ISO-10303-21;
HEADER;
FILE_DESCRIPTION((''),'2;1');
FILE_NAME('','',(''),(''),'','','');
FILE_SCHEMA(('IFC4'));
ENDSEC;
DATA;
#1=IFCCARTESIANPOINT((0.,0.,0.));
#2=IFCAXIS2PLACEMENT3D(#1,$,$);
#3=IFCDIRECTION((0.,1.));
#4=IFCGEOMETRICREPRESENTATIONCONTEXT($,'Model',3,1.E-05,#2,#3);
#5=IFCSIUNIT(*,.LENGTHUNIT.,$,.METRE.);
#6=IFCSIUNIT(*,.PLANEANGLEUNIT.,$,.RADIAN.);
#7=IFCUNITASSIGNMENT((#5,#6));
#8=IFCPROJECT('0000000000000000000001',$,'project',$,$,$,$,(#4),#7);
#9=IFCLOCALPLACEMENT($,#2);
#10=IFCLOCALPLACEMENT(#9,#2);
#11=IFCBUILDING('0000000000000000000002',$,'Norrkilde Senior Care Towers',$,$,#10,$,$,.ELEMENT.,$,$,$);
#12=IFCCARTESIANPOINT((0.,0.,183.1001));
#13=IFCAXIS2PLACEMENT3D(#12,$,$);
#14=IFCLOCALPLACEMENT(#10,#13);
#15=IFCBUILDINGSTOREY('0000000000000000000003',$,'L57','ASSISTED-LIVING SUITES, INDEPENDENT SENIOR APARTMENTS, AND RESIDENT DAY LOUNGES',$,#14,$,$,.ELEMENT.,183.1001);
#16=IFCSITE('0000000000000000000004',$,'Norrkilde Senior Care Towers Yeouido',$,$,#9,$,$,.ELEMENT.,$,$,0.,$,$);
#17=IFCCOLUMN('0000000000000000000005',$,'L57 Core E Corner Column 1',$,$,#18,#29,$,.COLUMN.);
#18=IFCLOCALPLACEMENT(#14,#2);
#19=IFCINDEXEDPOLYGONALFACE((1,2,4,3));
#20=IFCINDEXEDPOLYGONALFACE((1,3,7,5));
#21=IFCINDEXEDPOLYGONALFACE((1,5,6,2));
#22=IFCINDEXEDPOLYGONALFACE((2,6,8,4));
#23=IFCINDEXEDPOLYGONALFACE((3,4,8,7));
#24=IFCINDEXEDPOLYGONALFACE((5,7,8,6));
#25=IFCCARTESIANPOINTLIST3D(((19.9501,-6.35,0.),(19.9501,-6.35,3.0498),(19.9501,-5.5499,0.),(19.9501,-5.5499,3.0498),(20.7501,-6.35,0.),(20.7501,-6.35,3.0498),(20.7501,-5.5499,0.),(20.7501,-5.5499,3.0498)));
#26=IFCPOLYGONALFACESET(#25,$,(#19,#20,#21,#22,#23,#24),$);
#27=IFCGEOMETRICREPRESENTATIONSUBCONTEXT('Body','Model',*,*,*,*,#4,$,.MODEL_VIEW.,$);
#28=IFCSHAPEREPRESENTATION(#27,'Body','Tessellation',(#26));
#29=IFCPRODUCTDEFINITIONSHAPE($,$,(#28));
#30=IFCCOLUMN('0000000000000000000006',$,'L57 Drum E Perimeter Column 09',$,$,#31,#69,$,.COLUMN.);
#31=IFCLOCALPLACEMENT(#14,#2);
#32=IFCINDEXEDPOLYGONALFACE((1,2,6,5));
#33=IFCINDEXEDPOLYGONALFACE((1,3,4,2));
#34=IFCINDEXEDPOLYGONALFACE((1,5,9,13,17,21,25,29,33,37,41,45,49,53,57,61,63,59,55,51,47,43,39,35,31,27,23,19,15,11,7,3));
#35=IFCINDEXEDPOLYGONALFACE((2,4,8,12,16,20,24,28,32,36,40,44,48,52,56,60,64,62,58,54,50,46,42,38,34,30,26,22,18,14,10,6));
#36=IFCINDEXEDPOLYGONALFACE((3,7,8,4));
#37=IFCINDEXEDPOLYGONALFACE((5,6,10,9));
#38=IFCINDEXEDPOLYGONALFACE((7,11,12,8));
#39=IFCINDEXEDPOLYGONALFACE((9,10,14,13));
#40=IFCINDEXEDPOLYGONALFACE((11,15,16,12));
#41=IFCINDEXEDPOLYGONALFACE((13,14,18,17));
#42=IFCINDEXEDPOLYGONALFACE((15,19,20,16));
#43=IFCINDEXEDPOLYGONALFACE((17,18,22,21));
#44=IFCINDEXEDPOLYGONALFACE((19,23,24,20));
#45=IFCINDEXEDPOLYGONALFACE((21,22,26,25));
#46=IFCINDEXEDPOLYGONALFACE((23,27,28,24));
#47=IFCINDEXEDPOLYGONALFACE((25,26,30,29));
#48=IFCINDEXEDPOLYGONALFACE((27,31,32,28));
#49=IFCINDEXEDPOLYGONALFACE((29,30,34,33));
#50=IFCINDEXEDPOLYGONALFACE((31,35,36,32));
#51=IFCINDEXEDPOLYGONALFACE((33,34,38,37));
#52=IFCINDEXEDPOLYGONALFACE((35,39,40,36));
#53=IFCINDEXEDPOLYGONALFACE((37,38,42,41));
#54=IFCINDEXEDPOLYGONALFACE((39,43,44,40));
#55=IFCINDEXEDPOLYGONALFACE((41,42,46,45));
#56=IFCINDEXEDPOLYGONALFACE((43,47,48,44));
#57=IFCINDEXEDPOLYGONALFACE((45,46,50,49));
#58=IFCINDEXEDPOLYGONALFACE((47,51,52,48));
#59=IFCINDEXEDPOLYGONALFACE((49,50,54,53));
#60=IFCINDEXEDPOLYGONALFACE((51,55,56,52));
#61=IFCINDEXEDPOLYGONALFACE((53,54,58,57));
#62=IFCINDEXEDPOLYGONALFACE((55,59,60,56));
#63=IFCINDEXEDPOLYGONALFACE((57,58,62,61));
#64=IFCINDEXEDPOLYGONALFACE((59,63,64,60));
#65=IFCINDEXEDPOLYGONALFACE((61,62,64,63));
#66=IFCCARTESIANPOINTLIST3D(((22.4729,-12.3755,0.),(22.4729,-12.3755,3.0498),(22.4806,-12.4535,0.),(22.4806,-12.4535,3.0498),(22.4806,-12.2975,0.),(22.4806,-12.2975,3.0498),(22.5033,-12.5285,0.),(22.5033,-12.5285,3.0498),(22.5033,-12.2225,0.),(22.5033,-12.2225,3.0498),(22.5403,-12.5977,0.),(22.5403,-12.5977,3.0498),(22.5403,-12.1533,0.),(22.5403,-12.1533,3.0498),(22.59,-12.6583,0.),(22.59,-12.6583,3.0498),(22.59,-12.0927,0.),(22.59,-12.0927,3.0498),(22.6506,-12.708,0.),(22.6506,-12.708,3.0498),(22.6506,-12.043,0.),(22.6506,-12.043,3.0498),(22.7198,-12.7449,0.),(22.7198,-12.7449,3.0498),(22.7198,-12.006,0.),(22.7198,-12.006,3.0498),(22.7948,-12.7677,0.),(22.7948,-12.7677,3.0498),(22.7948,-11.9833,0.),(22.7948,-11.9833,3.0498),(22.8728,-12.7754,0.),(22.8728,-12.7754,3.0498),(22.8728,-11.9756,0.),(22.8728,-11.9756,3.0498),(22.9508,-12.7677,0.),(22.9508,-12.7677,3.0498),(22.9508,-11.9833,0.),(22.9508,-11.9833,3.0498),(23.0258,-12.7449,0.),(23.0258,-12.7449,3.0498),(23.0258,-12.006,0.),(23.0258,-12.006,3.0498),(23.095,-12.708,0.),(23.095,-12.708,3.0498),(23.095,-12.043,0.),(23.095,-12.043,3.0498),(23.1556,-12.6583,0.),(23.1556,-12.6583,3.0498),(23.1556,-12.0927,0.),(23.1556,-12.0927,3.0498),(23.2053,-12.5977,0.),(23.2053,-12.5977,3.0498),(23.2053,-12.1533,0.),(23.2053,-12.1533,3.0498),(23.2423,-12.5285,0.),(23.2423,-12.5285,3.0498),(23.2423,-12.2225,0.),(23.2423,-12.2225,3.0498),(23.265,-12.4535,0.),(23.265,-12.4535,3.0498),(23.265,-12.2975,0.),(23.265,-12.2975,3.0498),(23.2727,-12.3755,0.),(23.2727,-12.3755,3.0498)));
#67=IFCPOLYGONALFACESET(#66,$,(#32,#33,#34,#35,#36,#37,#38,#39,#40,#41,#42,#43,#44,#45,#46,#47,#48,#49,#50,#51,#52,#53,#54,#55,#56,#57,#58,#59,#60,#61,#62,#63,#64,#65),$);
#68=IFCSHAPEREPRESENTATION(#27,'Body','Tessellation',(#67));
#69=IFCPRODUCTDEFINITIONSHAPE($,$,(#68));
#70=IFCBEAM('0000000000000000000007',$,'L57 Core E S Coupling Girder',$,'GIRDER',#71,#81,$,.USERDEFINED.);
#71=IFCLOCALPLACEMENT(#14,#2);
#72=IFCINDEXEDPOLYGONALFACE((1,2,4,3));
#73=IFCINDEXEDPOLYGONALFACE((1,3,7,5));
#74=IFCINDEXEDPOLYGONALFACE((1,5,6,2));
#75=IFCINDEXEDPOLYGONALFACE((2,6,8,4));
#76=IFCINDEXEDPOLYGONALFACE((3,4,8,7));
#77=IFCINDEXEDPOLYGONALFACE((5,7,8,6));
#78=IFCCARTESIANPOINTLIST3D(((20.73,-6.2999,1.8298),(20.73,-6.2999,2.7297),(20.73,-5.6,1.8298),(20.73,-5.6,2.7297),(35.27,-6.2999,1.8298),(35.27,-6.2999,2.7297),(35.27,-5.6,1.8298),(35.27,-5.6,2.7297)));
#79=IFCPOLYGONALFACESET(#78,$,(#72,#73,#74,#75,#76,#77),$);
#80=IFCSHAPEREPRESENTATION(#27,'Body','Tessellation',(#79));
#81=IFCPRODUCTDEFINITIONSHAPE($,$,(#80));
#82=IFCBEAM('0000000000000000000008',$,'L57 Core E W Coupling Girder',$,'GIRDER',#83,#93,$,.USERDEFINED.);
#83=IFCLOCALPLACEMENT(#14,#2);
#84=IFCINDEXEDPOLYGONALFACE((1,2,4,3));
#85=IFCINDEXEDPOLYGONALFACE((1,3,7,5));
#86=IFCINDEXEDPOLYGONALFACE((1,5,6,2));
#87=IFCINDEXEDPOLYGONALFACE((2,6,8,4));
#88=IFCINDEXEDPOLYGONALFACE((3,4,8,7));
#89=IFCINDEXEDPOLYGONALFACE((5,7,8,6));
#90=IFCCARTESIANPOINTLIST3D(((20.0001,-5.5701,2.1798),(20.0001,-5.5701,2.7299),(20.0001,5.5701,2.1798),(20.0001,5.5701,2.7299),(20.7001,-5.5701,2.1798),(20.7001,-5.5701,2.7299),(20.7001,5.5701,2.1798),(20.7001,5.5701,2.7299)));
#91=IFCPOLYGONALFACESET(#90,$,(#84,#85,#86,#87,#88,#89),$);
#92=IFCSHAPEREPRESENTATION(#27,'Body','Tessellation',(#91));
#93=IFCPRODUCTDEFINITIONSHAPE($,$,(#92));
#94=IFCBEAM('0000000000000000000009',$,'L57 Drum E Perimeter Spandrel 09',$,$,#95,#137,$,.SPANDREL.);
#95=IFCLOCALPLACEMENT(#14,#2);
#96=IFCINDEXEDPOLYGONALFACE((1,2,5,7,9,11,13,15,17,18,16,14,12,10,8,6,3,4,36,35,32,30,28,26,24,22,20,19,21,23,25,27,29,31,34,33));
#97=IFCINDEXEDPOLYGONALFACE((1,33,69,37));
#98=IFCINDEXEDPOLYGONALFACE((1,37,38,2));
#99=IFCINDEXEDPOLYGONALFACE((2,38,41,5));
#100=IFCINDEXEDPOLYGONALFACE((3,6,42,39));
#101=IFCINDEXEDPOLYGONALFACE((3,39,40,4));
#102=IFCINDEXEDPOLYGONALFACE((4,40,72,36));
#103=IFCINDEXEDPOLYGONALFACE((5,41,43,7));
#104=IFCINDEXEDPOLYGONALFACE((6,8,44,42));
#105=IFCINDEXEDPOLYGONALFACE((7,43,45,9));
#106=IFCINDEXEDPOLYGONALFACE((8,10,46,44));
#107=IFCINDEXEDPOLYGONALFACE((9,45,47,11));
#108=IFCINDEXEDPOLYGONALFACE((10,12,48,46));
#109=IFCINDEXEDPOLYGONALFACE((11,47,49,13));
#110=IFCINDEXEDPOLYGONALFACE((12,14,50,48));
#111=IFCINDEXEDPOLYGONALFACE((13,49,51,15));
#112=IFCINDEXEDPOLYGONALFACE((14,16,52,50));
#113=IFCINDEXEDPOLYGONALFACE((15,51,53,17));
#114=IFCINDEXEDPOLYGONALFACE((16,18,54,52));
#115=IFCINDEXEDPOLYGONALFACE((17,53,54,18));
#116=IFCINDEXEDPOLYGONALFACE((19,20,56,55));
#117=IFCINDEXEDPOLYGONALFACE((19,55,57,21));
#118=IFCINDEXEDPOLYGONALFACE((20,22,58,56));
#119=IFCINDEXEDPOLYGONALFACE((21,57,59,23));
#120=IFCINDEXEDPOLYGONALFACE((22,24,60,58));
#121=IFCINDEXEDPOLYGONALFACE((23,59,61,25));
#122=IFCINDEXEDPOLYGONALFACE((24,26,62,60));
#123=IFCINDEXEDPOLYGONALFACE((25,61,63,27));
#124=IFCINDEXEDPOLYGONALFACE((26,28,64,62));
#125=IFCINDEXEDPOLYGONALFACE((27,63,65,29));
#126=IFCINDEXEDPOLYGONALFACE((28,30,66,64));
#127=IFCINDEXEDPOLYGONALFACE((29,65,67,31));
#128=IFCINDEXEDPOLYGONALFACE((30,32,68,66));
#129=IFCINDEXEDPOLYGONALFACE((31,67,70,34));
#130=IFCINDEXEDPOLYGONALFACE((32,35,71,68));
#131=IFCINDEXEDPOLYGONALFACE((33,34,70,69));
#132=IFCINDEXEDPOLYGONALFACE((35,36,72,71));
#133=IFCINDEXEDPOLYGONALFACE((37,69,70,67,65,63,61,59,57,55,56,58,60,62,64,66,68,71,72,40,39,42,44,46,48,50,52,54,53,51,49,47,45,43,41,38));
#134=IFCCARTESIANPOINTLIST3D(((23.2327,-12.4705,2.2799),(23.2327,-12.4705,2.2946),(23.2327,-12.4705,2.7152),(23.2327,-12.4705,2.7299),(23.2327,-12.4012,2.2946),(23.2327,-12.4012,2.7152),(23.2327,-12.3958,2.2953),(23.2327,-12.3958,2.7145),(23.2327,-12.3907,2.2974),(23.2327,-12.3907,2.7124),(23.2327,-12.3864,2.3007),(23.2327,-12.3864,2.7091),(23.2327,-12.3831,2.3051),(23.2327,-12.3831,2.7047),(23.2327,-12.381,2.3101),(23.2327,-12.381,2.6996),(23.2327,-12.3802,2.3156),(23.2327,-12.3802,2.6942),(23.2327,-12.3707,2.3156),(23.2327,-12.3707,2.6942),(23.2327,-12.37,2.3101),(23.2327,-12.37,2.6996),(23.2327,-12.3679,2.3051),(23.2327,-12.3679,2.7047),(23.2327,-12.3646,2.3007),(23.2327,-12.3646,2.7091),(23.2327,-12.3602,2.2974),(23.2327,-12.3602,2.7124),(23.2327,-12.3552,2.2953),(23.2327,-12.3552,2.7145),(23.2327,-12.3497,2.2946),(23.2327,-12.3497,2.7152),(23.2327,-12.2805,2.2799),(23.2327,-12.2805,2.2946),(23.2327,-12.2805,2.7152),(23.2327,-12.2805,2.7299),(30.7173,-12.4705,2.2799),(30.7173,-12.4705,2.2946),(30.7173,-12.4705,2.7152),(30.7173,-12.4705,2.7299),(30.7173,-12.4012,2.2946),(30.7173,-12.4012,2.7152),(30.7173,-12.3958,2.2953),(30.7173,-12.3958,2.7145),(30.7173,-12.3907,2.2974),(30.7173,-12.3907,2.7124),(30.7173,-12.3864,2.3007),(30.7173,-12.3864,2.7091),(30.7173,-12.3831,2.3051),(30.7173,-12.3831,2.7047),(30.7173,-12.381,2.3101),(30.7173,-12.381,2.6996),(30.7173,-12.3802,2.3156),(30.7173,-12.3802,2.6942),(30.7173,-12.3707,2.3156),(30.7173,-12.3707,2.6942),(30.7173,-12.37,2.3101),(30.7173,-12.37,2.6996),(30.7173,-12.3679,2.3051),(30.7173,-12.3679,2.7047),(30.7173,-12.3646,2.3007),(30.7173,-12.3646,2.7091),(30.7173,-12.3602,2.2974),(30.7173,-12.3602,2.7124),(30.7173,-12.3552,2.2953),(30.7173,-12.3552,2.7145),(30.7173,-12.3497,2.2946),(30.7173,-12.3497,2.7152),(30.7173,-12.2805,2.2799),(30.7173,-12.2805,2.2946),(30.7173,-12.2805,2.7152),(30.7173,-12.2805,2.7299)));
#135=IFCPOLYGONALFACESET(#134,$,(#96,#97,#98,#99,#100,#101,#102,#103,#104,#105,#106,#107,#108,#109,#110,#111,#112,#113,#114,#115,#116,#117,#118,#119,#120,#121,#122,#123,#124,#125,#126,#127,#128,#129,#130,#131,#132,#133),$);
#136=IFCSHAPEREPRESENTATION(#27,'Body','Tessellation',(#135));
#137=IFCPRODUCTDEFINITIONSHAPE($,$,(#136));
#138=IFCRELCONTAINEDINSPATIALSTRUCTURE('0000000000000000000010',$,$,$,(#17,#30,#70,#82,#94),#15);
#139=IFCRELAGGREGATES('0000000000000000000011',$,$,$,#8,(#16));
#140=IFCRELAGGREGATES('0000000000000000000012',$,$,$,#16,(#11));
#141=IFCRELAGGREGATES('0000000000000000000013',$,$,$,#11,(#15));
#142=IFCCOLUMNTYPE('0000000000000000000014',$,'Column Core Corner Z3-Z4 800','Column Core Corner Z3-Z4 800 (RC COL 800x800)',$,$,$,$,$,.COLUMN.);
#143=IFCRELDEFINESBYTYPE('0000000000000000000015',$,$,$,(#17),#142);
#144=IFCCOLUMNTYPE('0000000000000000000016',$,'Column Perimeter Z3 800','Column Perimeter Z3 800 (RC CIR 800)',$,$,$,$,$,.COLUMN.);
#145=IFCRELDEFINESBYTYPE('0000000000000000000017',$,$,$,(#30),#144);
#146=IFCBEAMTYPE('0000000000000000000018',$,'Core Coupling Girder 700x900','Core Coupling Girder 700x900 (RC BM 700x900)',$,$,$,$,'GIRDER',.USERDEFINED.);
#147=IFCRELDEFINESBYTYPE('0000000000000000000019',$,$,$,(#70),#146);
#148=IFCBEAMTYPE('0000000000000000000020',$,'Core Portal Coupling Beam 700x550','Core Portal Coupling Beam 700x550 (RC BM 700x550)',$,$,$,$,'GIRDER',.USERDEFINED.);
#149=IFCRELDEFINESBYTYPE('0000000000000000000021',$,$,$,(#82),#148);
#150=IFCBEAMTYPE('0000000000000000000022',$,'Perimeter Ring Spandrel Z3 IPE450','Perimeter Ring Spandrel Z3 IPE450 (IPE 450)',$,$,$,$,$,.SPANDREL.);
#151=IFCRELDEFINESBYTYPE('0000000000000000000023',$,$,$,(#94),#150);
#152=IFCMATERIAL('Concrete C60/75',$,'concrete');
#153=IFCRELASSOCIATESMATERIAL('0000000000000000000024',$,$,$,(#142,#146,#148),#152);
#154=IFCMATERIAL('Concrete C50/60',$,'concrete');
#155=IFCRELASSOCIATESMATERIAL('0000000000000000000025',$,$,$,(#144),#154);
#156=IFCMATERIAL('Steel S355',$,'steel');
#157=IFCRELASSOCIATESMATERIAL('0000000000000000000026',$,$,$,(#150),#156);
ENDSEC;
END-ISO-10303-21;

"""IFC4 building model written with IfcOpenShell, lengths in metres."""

from ifc_helpers import new_model, si_unit, direction, frame, origin, origin_2d, place, context, subcontext, project, spatial, rectangle, circle, i_section, extrude, source, transform, mapped, material, material_profile, profile_set, type_object, type_shapes, element, save


model = new_model("IFC4")

# Units and contexts
model_context = context("Model", 3, precision=1e-05, world=origin(), true_north=direction((0.0, 1.0)))
body_context = subcontext(model_context, "Body", "Model", "MODEL_VIEW")
ifc_project = project(units=[si_unit("LENGTHUNIT", "METRE"), si_unit("PLANEANGLEUNIT", "RADIAN")], contexts=[model_context])

# Site, building, storey
site_placement = place(None, origin())
site = spatial("IfcSite", under=ifc_project, at=site_placement, Name="Norrkilde Senior Care Towers Yeouido", CompositionType="ELEMENT", RefElevation=0.0)
building_placement = place(site_placement, origin())
building = spatial("IfcBuilding", under=site, at=building_placement, Name="Norrkilde Senior Care Towers", CompositionType="ELEMENT")
storey_placement = place(building_placement, frame((0.0, 0.0, 183.1001)))
storey = spatial("IfcBuildingStorey", under=building, at=storey_placement, Name="L57", Description="ASSISTED-LIVING SUITES, INDEPENDENT SENIOR APARTMENTS, AND RESIDENT DAY LOUNGES", CompositionType="ELEMENT", Elevation=183.1001)

# Columns
ifc_material_1 = material(Name="Concrete C60/75", Category="concrete")
ifc_material_profile_1 = material_profile(ifc_material_1, rectangle(XDim=0.8, YDim=0.8, at=origin_2d()), Name="RC COL 800x800")
ifc_profile_set_1 = profile_set([ifc_material_profile_1], Name="Concrete C60/75")
column_type_1 = type_object("IfcColumnType", Name="Column Core Corner Z3-Z4 800", Description="Column Core Corner Z3-Z4 800 (RC COL 800x800)", PredefinedType="COLUMN", material=ifc_profile_set_1)
shared_shape_1 = source(origin(), body_context, "Body", "SweptSolid", [
    extrude(rectangle(XDim=0.8, YDim=0.8, at=origin_2d()), origin(), (0.0, 0.0, 1.0), 3.0498),
])
type_shapes(column_type_1, [shared_shape_1])
column_1_placement = place(storey_placement, frame((20.3501, -5.95, 0.0), z_axis=(0.0, 0.0, 1.0), x_axis=(1.0, 0.0, 0.0)))
element("IfcColumn", 1, at=column_1_placement, inside=storey, type_object=column_type_1, Name="L57 Core E Corner Column 1", PredefinedType="COLUMN", context=body_context, shape_type="MappedRepresentation", body=[
    mapped(shared_shape_1, transform((0.0, 0.0, 0.0), x_axis=(1.0, 0.0, 0.0), y_axis=(0.0, 1.0, 0.0), z_axis=(0.0, 0.0, 1.0), scale=1.0)),
])
ifc_material_2 = material(Name="Concrete C50/60", Category="concrete")
ifc_material_profile_2 = material_profile(ifc_material_2, circle(Radius=0.3999, at=origin_2d()), Name="RC CIR 800")
ifc_profile_set_2 = profile_set([ifc_material_profile_2], Name="Concrete C50/60")
column_type_2 = type_object("IfcColumnType", Name="Column Perimeter Z3 800", Description="Column Perimeter Z3 800 (RC CIR 800)", PredefinedType="COLUMN", material=ifc_profile_set_2)
shared_shape_2 = source(origin(), body_context, "Body", "SweptSolid", [
    extrude(circle(Radius=0.3999, at=origin_2d()), origin(), (0.0, 0.0, 1.0), 3.0498),
])
type_shapes(column_type_2, [shared_shape_2])
column_2_placement = place(storey_placement, frame((22.8728, -12.3755, 0.0), z_axis=(0.0, 0.0, 1.0), x_axis=(1.0, 0.0, 0.0)))
element("IfcColumn", 2, at=column_2_placement, inside=storey, type_object=column_type_2, Name="L57 Drum E Perimeter Column 09", PredefinedType="COLUMN", context=body_context, shape_type="MappedRepresentation", body=[
    mapped(shared_shape_2, transform((0.0, 0.0, 0.0), x_axis=(1.0, 0.0, 0.0), y_axis=(0.0, 1.0, 0.0), z_axis=(0.0, 0.0, 1.0), scale=1.0)),
])

# Beams
ifc_material_profile_3 = material_profile(ifc_material_1, rectangle(XDim=0.7, YDim=0.8999, at=origin_2d()), Name="RC BM 700x900")
ifc_profile_set_3 = profile_set([ifc_material_profile_3], Name="Concrete C60/75")
beam_type_1 = type_object("IfcBeamType", Name="Core Coupling Girder 700x900", Description="Core Coupling Girder 700x900 (RC BM 700x900)", ElementType="GIRDER", PredefinedType="USERDEFINED", material=ifc_profile_set_3)
shared_shape_3 = source(origin(), body_context, "Body", "SweptSolid", [
    extrude(rectangle(XDim=0.7, YDim=0.8999, at=origin_2d()), origin(), (0.0, 0.0, 1.0), 14.54),
])
type_shapes(beam_type_1, [shared_shape_3])
beam_1_placement = place(storey_placement, frame((20.73, -5.95, 2.2798), z_axis=(1.0, 0.0, 0.0), x_axis=(0.0, 1.0, 0.0)))
element("IfcBeam", 3, at=beam_1_placement, inside=storey, type_object=beam_type_1, Name="L57 Core E S Coupling Girder", ObjectType="GIRDER", PredefinedType="USERDEFINED", context=body_context, shape_type="MappedRepresentation", body=[
    mapped(shared_shape_3, transform((0.0, 0.0, 0.0), x_axis=(1.0, 0.0, 0.0), y_axis=(0.0, 1.0, 0.0), z_axis=(0.0, 0.0, 1.0), scale=1.0)),
])
ifc_material_profile_4 = material_profile(ifc_material_1, rectangle(XDim=0.7, YDim=0.55, at=origin_2d()), Name="RC BM 700x550")
ifc_profile_set_4 = profile_set([ifc_material_profile_4], Name="Concrete C60/75")
beam_type_2 = type_object("IfcBeamType", Name="Core Portal Coupling Beam 700x550", Description="Core Portal Coupling Beam 700x550 (RC BM 700x550)", ElementType="GIRDER", PredefinedType="USERDEFINED", material=ifc_profile_set_4)
shared_shape_4 = source(origin(), body_context, "Body", "SweptSolid", [
    extrude(rectangle(XDim=0.7, YDim=0.55, at=origin_2d()), origin(), (0.0, 0.0, 1.0), 11.1401),
])
type_shapes(beam_type_2, [shared_shape_4])
beam_2_placement = place(storey_placement, frame((20.3501, -5.5701, 2.4548), z_axis=(0.0, 1.0, 0.0), x_axis=(-1.0, 0.0, 0.0)))
element("IfcBeam", 4, at=beam_2_placement, inside=storey, type_object=beam_type_2, Name="L57 Core E W Coupling Girder", ObjectType="GIRDER", PredefinedType="USERDEFINED", context=body_context, shape_type="MappedRepresentation", body=[
    mapped(shared_shape_4, transform((0.0, 0.0, 0.0), x_axis=(1.0, 0.0, 0.0), y_axis=(0.0, 1.0, 0.0), z_axis=(0.0, 0.0, 1.0), scale=1.0)),
])
ifc_material_3 = material(Name="Steel S355", Category="steel")
ifc_material_profile_5 = material_profile(ifc_material_3, i_section(OverallWidth=0.1899, OverallDepth=0.45, WebThickness=0.0095, FlangeThickness=0.0146, FilletRadius=0.021, at=origin_2d()), Name="IPE 450")
ifc_profile_set_5 = profile_set([ifc_material_profile_5], Name="Steel S355")
beam_type_3 = type_object("IfcBeamType", Name="Perimeter Ring Spandrel Z3 IPE450", Description="Perimeter Ring Spandrel Z3 IPE450 (IPE 450)", PredefinedType="SPANDREL", material=ifc_profile_set_5)
shared_shape_5 = source(origin(), body_context, "Body", "SweptSolid", [
    extrude(i_section(OverallWidth=0.1899, OverallDepth=0.45, WebThickness=0.0095, FlangeThickness=0.0146, FilletRadius=0.021, at=origin_2d()), origin(), (0.0, 0.0, 1.0), 7.4846),
])
type_shapes(beam_type_3, [shared_shape_5])
beam_3_placement = place(storey_placement, frame((23.2327, -12.3755, 2.5049), z_axis=(1.0, 0.0, 0.0), x_axis=(0.0, 1.0, 0.0)))
element("IfcBeam", 5, at=beam_3_placement, inside=storey, type_object=beam_type_3, Name="L57 Drum E Perimeter Spandrel 09", PredefinedType="SPANDREL", context=body_context, shape_type="MappedRepresentation", body=[
    mapped(shared_shape_5, transform((0.0, 0.0, 0.0), x_axis=(1.0, 0.0, 0.0), y_axis=(0.0, 1.0, 0.0), z_axis=(0.0, 0.0, 1.0), scale=1.0)),
])

save(model, "model.ifc")
